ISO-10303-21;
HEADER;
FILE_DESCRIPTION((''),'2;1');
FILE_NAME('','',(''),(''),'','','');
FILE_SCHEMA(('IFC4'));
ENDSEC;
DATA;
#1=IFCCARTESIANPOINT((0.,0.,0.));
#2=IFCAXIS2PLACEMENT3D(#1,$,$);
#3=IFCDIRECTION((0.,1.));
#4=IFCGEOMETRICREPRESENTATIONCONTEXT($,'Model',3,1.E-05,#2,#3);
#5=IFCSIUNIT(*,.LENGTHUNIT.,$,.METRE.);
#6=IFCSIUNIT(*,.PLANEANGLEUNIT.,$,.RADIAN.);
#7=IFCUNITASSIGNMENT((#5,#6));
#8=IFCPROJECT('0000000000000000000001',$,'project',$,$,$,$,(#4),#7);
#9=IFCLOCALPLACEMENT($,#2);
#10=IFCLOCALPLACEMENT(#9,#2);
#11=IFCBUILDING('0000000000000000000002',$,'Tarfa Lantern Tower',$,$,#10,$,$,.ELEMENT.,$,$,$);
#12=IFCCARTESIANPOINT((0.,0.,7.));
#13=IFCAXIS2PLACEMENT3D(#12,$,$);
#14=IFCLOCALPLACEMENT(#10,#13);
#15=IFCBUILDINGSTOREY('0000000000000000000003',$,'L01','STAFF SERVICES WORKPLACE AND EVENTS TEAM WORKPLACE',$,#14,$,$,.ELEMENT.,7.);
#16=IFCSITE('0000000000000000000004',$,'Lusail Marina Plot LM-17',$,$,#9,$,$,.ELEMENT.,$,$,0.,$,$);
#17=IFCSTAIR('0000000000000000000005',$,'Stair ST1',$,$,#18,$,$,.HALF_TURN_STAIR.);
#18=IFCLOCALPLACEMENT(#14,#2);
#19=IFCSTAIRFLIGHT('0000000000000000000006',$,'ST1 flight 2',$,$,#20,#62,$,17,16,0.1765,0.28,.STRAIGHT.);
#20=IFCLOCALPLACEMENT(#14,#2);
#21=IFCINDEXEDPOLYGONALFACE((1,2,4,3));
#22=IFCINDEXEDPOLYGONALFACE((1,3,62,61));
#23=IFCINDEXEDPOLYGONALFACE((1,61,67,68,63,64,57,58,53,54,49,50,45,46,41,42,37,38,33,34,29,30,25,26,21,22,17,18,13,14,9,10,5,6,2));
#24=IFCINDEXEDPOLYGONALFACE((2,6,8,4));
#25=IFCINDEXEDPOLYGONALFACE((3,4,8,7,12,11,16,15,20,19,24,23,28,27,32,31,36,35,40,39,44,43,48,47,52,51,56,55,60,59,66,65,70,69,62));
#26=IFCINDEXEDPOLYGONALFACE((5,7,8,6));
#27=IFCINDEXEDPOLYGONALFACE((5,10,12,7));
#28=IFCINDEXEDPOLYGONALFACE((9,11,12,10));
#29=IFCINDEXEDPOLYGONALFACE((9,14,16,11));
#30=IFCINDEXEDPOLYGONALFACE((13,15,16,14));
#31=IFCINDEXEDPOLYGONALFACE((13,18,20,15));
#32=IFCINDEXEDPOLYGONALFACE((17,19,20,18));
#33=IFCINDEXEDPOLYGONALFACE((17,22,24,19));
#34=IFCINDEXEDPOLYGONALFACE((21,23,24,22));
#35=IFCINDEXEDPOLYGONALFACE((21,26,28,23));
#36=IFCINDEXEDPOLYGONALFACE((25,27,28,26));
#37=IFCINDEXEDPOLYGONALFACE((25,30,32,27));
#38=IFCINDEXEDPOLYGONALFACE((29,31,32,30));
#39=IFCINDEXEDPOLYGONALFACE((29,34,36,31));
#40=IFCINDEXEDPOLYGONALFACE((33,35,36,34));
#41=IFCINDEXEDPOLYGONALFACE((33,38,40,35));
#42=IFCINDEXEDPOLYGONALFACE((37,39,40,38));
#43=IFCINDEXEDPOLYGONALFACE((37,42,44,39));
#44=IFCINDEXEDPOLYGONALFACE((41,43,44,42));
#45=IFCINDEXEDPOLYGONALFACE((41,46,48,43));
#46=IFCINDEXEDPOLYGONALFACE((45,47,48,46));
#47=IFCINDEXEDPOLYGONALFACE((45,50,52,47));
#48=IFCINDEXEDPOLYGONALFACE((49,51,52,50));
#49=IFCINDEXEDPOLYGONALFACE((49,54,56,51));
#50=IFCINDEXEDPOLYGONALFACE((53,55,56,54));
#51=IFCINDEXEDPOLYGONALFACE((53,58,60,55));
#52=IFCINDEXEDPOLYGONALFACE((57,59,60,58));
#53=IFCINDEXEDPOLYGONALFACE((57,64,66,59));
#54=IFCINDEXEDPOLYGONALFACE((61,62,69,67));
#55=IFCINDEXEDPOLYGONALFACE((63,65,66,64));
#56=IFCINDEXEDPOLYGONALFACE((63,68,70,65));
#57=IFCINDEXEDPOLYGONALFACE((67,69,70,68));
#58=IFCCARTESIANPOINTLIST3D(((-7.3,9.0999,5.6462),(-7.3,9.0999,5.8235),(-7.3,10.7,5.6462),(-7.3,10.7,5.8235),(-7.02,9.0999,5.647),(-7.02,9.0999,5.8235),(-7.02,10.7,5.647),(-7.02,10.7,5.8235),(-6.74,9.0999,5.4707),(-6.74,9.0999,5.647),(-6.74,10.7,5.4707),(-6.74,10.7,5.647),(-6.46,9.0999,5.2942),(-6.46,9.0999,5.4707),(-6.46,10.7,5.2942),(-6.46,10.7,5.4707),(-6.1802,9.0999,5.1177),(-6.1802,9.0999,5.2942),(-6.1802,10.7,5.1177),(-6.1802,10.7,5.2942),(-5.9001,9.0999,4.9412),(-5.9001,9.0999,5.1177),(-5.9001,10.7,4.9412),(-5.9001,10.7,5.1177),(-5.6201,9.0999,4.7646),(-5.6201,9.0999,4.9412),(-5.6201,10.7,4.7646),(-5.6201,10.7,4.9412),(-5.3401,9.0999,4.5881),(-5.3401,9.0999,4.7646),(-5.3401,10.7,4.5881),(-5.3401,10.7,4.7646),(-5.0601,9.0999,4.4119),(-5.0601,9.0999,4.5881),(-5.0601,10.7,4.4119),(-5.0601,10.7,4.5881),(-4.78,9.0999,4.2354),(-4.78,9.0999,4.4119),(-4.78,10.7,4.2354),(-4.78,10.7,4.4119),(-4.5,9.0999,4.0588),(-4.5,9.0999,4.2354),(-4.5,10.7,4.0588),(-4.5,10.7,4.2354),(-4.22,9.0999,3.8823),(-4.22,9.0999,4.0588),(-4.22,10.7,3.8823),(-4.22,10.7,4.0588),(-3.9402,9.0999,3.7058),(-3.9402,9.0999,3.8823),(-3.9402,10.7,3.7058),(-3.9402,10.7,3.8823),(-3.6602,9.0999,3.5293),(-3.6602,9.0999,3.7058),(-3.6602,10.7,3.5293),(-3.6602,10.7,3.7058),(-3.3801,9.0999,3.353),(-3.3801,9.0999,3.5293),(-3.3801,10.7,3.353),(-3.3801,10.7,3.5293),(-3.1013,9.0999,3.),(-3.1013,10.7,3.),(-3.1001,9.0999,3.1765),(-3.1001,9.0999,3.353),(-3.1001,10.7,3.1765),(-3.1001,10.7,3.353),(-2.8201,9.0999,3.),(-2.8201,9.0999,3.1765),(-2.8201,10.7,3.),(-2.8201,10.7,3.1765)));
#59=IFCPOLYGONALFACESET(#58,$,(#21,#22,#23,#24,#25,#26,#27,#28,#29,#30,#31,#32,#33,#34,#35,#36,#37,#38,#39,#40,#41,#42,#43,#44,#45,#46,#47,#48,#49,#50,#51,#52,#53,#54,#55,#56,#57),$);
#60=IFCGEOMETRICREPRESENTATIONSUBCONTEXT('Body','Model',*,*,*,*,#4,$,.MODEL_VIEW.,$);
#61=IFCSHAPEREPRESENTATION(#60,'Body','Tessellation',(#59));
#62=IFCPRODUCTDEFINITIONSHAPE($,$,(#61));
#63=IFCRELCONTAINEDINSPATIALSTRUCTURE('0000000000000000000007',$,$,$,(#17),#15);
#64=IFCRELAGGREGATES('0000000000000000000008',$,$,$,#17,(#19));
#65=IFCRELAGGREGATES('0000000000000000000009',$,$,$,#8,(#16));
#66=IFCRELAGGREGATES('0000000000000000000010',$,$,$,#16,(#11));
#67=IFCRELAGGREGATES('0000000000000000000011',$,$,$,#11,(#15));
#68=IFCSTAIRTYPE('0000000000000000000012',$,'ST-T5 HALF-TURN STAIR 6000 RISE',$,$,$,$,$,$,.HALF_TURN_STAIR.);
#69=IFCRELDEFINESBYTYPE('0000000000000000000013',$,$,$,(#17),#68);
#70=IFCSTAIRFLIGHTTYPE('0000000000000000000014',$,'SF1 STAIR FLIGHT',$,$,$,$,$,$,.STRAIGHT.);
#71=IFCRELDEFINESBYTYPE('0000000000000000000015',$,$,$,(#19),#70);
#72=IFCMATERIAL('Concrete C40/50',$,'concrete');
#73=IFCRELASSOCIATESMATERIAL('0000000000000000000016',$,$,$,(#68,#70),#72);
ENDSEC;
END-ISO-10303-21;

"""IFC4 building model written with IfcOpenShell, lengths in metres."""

from ifc_helpers import new_model, si_unit, direction, frame, origin, place, context, subcontext, project, spatial, polyline, outline, extrude, material, type_object, element, aggregate, save


model = new_model("IFC4")

# Units and contexts
model_context = context("Model", 3, precision=1e-05, world=origin(), true_north=direction((0.0, 1.0)))
body_context = subcontext(model_context, "Body", "Model", "MODEL_VIEW")
ifc_project = project(units=[si_unit("LENGTHUNIT", "METRE"), si_unit("PLANEANGLEUNIT", "RADIAN")], contexts=[model_context])

# Site, building, storey
site_placement = place(None, origin())
site = spatial("IfcSite", under=ifc_project, at=site_placement, Name="Lusail Marina Plot LM-17", CompositionType="ELEMENT", RefElevation=0.0)
building_placement = place(site_placement, origin())
building = spatial("IfcBuilding", under=site, at=building_placement, Name="Tarfa Lantern Tower", CompositionType="ELEMENT")
storey_placement = place(building_placement, frame((0.0, 0.0, 7.0)))
storey = spatial("IfcBuildingStorey", under=building, at=storey_placement, Name="L01", Description="STAFF SERVICES WORKPLACE AND EVENTS TEAM WORKPLACE", CompositionType="ELEMENT", Elevation=7.0)

# Stair, stair flight
ifc_material_1 = material(Name="Concrete C40/50", Category="concrete")
stair_type = type_object("IfcStairType", Name="ST-T5 HALF-TURN STAIR 6000 RISE", PredefinedType="HALF_TURN_STAIR", material=ifc_material_1)
stair_placement = place(storey_placement, origin())
stair = element("IfcStair", 1, at=stair_placement, inside=storey, type_object=stair_type, Name="Stair ST1", PredefinedType="HALF_TURN_STAIR")
stair_flight_type = type_object("IfcStairFlightType", Name="SF1 STAIR FLIGHT", PredefinedType="STRAIGHT", material=ifc_material_1)
stair_flight_1_placement = place(storey_placement, frame((-2.8201, 9.8999, 3.0), z_axis=(0.0, 0.0, 1.0), x_axis=(-1.0, 0.0, 0.0)))
stair_flight_1 = element("IfcStairFlight", 2, at=stair_flight_1_placement, type_object=stair_flight_type, Name="ST1 flight 2", NumberOfRisers=17, NumberOfTreads=16, PredefinedType="STRAIGHT", RiserHeight=0.1765, TreadLength=0.28, context=body_context, shape_type="SweptSolid", body=[
    extrude(outline(polyline([(0.0, 0.0), (0.0, 0.1765), (0.28, 0.1765), (0.28, 0.353), (0.5601, 0.353), (0.5601, 0.5293), (0.8401, 0.5293), (0.8401, 0.7058), (1.1201, 0.7058), (1.1201, 0.8823), (1.3999, 0.8823), (1.3999, 1.0588), (1.6799, 1.0588), (1.6799, 1.2354), (1.96, 1.2354), (1.96, 1.4119), (2.24, 1.4119), (2.24, 1.5881), (2.52, 1.5881), (2.52, 1.7646), (2.8, 1.7646), (2.8, 1.9412), (3.0801, 1.9412), (3.0801, 2.1177), (3.3601, 2.1177), (3.3601, 2.2942), (3.6399, 2.2942), (3.6399, 2.4707), (3.9199, 2.4707), (3.9199, 2.647), (4.2, 2.647), (4.2, 2.8235), (4.48, 2.8235), (4.48, 3.0), (4.48, 2.6462), (0.2812, 0.0), (0.0, 0.0)])), frame((0.0, 0.8, 0.0), z_axis=(0.0, -1.0, 0.0), x_axis=(1.0, 0.0, 0.0)), (0.0, 0.0, 1.0), 1.6001),
])
aggregate(stair, [stair_flight_1])

save(model, "model.ifc")
